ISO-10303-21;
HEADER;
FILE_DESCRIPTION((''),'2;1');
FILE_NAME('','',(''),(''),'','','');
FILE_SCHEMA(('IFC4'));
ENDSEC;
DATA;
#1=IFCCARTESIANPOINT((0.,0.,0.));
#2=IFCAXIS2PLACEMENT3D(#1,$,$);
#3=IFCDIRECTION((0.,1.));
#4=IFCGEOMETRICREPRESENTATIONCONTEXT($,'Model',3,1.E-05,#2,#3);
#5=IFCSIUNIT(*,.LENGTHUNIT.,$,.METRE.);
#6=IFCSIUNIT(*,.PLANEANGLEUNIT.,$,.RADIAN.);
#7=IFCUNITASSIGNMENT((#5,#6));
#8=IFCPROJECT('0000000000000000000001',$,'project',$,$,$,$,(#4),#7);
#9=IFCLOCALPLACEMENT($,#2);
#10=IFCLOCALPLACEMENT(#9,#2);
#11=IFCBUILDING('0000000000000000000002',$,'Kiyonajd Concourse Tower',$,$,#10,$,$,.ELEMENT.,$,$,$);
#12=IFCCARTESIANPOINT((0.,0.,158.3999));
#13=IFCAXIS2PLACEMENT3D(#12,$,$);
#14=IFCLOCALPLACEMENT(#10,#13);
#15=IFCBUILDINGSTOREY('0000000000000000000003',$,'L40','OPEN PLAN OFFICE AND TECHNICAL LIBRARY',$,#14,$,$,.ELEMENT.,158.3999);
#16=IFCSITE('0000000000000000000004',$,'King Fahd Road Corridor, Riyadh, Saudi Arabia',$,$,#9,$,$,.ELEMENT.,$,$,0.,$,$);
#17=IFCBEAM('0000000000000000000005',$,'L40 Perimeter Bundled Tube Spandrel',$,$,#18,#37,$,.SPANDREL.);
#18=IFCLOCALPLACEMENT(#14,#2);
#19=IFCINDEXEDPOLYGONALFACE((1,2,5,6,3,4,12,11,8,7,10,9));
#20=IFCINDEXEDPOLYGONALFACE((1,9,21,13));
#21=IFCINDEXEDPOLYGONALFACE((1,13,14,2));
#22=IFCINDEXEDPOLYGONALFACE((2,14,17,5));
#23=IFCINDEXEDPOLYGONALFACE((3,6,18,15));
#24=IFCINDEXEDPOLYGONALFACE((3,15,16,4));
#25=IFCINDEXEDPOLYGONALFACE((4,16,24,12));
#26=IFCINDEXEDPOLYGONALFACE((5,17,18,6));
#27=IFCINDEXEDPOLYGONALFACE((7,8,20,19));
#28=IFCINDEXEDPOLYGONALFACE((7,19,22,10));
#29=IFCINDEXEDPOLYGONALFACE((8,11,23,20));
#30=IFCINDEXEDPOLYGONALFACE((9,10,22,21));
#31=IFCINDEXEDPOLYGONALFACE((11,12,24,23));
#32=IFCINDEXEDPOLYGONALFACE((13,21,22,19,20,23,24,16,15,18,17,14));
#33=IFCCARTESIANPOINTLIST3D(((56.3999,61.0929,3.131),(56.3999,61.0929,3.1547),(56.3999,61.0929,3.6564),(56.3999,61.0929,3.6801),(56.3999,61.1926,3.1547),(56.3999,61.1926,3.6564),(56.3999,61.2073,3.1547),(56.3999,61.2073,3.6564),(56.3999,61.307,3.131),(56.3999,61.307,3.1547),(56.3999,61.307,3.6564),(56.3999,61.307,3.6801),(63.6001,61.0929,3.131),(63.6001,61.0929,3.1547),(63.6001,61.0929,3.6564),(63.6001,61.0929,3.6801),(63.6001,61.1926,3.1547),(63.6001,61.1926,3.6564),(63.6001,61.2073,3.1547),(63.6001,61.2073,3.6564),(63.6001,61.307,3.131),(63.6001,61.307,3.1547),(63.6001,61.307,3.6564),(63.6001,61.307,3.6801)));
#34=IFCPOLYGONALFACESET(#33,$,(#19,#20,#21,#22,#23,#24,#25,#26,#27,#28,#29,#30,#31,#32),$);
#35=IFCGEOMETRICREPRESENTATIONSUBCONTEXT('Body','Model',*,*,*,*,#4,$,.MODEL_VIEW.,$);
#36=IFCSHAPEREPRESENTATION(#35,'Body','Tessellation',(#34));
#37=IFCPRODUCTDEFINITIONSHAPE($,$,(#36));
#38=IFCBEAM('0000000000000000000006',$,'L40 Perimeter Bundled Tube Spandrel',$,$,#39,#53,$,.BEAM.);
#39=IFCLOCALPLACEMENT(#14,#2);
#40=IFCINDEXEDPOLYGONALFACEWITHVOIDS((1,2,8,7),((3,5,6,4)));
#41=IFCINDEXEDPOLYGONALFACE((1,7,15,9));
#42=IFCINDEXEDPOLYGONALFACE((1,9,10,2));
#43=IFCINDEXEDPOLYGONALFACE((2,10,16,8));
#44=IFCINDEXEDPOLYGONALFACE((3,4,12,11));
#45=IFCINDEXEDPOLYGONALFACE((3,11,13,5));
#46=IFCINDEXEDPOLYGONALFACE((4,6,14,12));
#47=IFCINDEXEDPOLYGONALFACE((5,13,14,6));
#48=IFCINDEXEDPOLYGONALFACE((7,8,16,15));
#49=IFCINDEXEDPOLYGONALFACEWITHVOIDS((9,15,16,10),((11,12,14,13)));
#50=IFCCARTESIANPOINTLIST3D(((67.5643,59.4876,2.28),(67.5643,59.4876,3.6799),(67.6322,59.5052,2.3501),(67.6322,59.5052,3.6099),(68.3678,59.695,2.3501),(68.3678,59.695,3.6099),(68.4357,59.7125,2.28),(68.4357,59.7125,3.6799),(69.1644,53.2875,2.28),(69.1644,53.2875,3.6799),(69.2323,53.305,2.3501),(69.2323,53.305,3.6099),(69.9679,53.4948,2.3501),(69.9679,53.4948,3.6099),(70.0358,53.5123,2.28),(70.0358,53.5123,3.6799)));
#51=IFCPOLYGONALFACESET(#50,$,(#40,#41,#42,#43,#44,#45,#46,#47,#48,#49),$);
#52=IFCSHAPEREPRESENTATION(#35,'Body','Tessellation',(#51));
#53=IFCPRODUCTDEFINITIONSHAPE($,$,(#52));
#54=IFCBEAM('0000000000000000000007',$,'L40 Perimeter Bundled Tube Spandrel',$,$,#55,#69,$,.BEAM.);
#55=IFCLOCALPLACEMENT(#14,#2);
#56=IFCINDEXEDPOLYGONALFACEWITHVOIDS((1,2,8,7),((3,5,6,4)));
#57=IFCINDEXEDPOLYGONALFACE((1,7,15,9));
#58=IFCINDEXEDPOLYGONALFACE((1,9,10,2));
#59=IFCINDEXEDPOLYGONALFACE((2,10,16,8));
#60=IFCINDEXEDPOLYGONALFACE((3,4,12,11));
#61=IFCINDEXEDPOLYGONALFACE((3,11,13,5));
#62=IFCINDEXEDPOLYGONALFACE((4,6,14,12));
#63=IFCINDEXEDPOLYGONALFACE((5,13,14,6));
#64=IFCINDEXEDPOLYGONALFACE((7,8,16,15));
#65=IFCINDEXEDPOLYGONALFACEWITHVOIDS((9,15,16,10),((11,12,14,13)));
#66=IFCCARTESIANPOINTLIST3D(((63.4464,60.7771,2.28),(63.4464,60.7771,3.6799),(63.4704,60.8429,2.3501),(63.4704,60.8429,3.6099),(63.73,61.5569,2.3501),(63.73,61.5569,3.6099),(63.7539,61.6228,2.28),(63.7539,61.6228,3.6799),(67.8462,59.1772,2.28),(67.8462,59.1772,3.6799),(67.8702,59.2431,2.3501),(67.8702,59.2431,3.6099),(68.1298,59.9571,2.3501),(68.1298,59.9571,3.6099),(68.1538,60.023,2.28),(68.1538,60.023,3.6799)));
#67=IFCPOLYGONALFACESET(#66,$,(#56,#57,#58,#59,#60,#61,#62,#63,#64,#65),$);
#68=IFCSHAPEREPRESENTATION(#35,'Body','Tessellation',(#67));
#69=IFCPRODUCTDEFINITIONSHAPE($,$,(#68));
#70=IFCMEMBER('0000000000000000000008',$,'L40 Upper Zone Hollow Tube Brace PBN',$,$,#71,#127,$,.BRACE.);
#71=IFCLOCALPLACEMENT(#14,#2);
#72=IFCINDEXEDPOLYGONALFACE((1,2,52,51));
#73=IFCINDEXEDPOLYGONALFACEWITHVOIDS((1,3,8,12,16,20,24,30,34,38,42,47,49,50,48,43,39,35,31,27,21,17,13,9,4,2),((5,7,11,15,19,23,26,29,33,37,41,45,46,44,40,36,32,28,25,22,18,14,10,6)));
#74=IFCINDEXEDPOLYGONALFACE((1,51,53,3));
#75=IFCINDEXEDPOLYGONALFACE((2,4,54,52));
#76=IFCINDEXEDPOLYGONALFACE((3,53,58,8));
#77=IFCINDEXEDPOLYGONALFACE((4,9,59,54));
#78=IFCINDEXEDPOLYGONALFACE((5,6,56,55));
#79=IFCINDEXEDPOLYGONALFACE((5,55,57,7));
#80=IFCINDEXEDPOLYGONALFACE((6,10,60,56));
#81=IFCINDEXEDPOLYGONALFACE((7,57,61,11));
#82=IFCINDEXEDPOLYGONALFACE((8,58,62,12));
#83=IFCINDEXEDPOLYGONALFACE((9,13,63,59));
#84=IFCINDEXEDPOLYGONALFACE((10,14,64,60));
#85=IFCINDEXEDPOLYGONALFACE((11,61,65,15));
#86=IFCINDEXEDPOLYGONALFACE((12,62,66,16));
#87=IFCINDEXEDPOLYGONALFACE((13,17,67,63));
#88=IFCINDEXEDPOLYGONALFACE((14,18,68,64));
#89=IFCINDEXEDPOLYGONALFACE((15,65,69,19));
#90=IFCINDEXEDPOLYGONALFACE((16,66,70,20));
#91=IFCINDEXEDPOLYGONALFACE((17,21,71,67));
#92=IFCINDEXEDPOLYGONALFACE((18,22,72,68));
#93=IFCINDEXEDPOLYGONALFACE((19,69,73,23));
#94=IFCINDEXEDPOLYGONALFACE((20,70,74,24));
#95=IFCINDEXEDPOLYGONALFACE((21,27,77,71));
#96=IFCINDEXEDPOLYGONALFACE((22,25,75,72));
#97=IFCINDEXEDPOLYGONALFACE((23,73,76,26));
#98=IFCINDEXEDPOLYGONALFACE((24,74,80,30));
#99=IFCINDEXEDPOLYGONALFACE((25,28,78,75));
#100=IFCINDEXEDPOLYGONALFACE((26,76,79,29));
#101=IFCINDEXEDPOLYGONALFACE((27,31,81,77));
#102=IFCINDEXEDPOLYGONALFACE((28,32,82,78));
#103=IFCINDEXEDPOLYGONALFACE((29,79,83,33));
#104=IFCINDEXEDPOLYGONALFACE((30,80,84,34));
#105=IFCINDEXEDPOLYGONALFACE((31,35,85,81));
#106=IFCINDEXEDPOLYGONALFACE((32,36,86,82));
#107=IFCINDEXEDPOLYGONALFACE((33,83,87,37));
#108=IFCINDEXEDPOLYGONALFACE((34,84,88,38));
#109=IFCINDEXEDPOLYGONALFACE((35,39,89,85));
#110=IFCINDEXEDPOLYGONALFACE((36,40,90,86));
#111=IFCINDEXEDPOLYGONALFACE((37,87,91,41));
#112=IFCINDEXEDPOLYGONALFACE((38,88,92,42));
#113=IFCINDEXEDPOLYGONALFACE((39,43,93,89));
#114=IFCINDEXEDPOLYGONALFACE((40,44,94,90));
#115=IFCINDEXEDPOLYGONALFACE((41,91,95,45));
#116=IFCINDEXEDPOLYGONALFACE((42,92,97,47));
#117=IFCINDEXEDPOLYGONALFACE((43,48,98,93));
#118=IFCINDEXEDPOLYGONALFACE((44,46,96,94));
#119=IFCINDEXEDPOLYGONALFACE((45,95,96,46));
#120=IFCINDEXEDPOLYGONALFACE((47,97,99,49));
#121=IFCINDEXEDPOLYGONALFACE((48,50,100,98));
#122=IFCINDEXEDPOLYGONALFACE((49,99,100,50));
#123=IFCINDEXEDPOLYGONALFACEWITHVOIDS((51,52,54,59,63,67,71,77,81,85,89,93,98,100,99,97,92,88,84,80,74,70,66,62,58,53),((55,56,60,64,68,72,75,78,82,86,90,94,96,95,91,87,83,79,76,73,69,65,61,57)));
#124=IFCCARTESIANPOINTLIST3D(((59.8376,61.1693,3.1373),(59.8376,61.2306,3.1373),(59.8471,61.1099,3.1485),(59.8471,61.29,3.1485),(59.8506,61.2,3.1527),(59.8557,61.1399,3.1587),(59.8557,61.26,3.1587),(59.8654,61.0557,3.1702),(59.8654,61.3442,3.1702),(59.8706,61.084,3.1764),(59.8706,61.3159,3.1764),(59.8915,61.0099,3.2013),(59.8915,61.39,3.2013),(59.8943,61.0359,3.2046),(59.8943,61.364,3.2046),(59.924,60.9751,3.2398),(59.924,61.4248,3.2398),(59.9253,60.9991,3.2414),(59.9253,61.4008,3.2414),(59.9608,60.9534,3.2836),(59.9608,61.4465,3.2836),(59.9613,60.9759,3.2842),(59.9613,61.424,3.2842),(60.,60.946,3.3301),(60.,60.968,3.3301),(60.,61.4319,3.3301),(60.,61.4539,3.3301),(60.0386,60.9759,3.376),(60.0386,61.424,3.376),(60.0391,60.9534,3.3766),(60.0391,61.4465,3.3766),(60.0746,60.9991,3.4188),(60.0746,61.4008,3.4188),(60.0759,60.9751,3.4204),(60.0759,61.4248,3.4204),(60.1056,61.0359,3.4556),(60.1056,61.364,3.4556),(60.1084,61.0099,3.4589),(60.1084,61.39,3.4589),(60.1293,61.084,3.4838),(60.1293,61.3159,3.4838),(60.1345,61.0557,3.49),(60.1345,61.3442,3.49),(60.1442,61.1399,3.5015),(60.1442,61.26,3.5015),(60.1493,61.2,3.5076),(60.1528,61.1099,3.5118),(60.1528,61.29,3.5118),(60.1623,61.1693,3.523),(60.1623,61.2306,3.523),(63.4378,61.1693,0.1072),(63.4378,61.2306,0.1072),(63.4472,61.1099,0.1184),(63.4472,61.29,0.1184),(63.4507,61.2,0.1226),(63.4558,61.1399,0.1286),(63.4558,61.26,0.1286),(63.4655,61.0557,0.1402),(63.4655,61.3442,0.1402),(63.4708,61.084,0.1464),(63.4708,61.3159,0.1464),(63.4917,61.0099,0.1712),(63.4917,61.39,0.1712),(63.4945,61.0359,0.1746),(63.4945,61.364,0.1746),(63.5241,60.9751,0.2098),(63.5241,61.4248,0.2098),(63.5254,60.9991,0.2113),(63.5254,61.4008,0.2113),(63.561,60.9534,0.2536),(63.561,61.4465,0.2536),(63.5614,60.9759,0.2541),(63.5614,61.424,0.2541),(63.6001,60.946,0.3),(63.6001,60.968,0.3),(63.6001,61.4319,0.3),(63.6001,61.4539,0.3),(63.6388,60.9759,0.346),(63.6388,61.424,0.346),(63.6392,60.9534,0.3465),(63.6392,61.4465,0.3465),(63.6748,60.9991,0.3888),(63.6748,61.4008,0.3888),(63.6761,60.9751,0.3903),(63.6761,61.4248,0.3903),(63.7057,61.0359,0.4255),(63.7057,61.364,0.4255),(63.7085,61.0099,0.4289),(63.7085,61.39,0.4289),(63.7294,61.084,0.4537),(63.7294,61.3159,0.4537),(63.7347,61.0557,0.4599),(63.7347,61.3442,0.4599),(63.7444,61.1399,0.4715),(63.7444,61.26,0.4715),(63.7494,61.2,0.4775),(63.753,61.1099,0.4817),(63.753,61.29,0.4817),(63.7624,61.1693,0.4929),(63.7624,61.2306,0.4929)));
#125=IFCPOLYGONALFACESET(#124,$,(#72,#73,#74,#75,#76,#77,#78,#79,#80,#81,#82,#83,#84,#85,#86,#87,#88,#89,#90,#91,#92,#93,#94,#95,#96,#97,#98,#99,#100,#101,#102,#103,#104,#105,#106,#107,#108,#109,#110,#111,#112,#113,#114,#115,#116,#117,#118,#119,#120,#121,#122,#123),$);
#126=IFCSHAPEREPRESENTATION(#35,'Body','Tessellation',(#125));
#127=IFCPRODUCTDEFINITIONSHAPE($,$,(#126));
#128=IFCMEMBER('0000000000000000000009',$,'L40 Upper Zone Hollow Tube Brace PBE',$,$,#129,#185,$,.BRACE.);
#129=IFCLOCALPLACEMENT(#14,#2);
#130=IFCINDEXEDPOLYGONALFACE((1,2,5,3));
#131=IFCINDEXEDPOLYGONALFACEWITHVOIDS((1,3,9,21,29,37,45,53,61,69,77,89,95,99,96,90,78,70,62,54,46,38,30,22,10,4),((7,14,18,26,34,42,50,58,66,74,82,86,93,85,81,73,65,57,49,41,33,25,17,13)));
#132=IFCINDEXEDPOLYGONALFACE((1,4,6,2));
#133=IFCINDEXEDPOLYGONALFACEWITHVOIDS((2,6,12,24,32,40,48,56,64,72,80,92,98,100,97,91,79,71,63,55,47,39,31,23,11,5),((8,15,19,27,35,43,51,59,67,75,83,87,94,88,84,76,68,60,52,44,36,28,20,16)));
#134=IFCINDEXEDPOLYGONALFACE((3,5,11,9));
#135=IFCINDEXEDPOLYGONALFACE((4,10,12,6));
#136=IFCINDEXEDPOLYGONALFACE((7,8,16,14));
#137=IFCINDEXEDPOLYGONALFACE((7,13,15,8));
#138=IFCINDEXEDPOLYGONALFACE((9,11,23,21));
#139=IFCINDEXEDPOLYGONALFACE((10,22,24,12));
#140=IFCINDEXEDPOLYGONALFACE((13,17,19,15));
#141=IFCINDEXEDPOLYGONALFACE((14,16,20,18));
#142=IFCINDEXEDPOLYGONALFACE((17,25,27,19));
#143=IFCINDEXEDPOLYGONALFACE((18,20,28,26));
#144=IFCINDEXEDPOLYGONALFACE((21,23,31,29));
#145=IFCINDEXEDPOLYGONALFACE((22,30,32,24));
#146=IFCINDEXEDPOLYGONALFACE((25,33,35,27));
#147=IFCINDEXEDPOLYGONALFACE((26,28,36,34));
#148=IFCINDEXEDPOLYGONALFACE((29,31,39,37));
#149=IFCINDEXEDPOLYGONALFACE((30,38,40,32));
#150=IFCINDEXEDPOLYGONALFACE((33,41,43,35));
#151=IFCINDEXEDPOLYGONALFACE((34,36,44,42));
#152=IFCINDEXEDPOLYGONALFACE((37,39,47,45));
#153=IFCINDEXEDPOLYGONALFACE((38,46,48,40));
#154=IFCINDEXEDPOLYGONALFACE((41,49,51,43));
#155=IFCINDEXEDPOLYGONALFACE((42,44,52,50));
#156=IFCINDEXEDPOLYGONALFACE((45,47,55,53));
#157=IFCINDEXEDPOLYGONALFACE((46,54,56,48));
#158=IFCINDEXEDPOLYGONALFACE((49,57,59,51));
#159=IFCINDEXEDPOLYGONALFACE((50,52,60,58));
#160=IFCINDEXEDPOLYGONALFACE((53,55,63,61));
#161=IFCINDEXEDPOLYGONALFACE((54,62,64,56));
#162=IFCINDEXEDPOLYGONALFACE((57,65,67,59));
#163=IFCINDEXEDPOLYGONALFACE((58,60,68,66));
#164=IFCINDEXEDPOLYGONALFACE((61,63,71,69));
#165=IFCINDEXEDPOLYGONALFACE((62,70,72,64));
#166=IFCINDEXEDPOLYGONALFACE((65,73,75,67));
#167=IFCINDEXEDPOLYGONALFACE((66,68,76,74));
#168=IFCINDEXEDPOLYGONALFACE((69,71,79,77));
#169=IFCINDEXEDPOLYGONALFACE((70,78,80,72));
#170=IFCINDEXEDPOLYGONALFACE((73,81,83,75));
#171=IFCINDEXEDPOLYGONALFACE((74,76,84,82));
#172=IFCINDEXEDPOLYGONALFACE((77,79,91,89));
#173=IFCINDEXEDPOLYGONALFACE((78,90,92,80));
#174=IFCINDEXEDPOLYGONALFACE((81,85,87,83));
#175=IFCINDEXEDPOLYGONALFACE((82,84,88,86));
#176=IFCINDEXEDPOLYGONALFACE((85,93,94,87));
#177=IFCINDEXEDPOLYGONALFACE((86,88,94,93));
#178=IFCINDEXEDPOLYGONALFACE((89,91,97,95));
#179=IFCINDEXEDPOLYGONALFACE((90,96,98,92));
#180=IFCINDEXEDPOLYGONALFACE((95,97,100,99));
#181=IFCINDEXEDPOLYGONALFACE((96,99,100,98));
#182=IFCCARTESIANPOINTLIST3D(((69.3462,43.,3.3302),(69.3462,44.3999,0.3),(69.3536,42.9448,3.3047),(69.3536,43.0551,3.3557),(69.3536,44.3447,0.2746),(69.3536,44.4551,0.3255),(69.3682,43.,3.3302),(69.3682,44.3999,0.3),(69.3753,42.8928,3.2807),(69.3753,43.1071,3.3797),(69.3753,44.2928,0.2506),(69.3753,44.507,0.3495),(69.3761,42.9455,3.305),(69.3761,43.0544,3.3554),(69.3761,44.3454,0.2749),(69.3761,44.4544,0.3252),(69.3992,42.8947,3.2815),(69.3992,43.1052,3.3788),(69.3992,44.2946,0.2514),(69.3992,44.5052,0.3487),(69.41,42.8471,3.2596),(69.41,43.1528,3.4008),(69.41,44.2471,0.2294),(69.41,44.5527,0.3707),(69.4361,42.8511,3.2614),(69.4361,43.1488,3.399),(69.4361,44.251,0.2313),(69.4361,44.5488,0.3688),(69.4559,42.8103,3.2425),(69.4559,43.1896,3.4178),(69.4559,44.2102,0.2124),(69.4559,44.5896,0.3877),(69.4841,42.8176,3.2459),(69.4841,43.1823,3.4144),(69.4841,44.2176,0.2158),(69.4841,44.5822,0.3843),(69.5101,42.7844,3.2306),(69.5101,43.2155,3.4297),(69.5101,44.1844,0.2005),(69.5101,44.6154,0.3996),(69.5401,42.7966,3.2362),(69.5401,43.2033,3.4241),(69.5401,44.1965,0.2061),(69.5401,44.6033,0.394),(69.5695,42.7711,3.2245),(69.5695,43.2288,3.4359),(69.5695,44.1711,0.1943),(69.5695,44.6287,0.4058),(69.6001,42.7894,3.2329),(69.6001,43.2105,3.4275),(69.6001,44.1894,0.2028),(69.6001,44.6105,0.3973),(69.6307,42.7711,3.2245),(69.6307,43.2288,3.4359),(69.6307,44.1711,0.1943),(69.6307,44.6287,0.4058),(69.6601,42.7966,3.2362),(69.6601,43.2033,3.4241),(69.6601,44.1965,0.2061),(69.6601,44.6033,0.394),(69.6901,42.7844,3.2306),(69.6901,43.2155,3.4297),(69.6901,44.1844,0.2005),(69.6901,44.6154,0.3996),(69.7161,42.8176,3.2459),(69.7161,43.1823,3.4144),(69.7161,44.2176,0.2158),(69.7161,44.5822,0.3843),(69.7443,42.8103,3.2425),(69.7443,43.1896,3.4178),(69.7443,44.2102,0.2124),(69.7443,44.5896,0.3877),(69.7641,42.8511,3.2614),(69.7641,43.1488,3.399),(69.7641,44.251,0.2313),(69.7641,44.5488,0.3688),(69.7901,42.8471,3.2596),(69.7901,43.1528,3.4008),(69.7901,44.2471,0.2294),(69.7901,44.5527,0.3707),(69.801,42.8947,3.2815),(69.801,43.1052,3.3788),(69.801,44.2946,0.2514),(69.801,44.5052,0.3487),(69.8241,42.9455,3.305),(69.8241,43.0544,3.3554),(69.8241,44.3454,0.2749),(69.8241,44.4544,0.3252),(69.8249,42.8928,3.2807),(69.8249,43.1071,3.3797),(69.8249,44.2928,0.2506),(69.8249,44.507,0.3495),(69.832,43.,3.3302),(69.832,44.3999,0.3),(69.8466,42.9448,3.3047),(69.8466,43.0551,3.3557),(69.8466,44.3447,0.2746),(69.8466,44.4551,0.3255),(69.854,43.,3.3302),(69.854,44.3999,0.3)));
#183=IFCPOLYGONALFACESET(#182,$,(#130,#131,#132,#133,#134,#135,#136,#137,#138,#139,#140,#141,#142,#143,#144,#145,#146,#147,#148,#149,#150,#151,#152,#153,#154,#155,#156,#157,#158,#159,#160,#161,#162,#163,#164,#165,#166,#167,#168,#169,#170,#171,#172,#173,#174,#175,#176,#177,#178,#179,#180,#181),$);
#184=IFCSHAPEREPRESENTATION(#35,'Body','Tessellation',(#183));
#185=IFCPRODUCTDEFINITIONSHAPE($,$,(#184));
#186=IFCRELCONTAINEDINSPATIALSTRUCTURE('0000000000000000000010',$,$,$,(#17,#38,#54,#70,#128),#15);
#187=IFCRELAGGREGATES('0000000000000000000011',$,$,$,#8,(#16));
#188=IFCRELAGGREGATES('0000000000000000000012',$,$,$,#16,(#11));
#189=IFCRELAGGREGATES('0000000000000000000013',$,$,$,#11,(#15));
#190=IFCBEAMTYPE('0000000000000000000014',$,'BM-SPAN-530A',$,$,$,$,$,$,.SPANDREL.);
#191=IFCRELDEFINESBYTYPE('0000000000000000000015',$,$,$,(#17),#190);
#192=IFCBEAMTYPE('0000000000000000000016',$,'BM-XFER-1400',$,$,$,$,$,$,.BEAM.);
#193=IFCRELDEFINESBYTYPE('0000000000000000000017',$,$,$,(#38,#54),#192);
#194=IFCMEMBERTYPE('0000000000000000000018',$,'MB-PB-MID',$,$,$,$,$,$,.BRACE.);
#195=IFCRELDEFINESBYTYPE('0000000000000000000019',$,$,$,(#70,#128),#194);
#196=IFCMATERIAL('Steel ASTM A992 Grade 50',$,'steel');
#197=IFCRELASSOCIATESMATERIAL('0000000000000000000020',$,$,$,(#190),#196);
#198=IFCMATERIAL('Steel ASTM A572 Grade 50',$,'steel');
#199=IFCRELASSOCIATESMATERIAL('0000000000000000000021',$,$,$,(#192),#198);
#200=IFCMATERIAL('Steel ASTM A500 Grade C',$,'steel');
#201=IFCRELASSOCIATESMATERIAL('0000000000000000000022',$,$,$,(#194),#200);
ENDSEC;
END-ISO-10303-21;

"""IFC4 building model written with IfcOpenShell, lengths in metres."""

from ifc_helpers import new_model, si_unit, direction, frame, origin, origin_2d, place, context, subcontext, project, spatial, hollow_rectangle, hollow_circle, i_section, extrude, material, material_profile, profile_set, type_object, element, save


model = new_model("IFC4")

# Units and contexts
model_context = context("Model", 3, precision=1e-05, world=origin(), true_north=direction((0.0, 1.0)))
body_context = subcontext(model_context, "Body", "Model", "MODEL_VIEW")
ifc_project = project(units=[si_unit("LENGTHUNIT", "METRE"), si_unit("PLANEANGLEUNIT", "RADIAN")], contexts=[model_context])

# Site, building, storey
site_placement = place(None, origin())
site = spatial("IfcSite", under=ifc_project, at=site_placement, Name="King Fahd Road Corridor, Riyadh, Saudi Arabia", CompositionType="ELEMENT", RefElevation=0.0)
building_placement = place(site_placement, origin())
building = spatial("IfcBuilding", under=site, at=building_placement, Name="Kiyonajd Concourse Tower", CompositionType="ELEMENT")
storey_placement = place(building_placement, frame((0.0, 0.0, 158.3999)))
storey = spatial("IfcBuildingStorey", under=building, at=storey_placement, Name="L40", Description="OPEN PLAN OFFICE AND TECHNICAL LIBRARY", CompositionType="ELEMENT", Elevation=158.3999)

# Beams
ifc_material_1 = material(Name="Steel ASTM A992 Grade 50", Category="steel")
ifc_material_profile_1 = material_profile(ifc_material_1, i_section(OverallWidth=0.2141, OverallDepth=0.5491, WebThickness=0.0146, FlangeThickness=0.0237, at=origin_2d()), Name="W530X138")
ifc_profile_set_1 = profile_set([ifc_material_profile_1], Name="Steel ASTM A992 Grade 50")
beam_type_1 = type_object("IfcBeamType", Name="BM-SPAN-530A", PredefinedType="SPANDREL", material=ifc_profile_set_1)
beam_1_placement = place(storey_placement, frame((63.6001, 61.2, 3.4055), z_axis=(-1.0, 0.0, 0.0), x_axis=(0.0, -1.0, 0.0)))
element("IfcBeam", 1, at=beam_1_placement, inside=storey, type_object=beam_type_1, Name="L40 Perimeter Bundled Tube Spandrel", PredefinedType="SPANDREL", context=body_context, shape_type="SweptSolid", body=[
    extrude(i_section(OverallWidth=0.2141, OverallDepth=0.5491, WebThickness=0.0146, FlangeThickness=0.0237, at=origin_2d()), origin(), (0.0, 0.0, 1.0), 7.2002),
])
ifc_material_2 = material(Name="Steel ASTM A572 Grade 50", Category="steel")
ifc_material_profile_2 = material_profile(ifc_material_2, hollow_rectangle(XDim=0.8999, YDim=1.3999, WallThickness=0.0701, at=origin_2d()), Name="BOX-1400x900x70")
ifc_profile_set_2 = profile_set([ifc_material_profile_2], Name="Steel ASTM A572 Grade 50")
beam_type_2 = type_object("IfcBeamType", Name="BM-XFER-1400", PredefinedType="BEAM", material=ifc_profile_set_2)
beam_2_placement = place(storey_placement, frame((69.6001, 53.3999, 2.98), z_axis=(-0.249885, 0.968276, 0.0), x_axis=(-0.968276, -0.249885, 0.0)))
element("IfcBeam", 2, at=beam_2_placement, inside=storey, type_object=beam_type_2, Name="L40 Perimeter Bundled Tube Spandrel", PredefinedType="BEAM", context=body_context, shape_type="SweptSolid", body=[
    extrude(hollow_rectangle(XDim=0.8999, YDim=1.3999, WallThickness=0.0701, at=origin_2d()), origin(), (0.0, 0.0, 1.0), 6.4033),
])
beam_3_placement = place(storey_placement, frame((68.0, 59.6001, 2.98), z_axis=(-0.939801, 0.341722, 0.0), x_axis=(-0.341722, -0.939801, 0.0)))
element("IfcBeam", 3, at=beam_3_placement, inside=storey, type_object=beam_type_2, Name="L40 Perimeter Bundled Tube Spandrel", PredefinedType="BEAM", context=body_context, shape_type="SweptSolid", body=[
    extrude(hollow_rectangle(XDim=0.8999, YDim=1.3999, WallThickness=0.0701, at=origin_2d()), origin(), (0.0, 0.0, 1.0), 4.6816),
])

# Members
ifc_material_3 = material(Name="Steel ASTM A500 Grade C", Category="steel")
ifc_material_profile_3 = material_profile(ifc_material_3, hollow_circle(Radius=0.2539, WallThickness=0.022, at=origin_2d()), Name="CHS-508x22")
ifc_profile_set_3 = profile_set([ifc_material_profile_3], Name="Steel ASTM A500 Grade C")
member_type = type_object("IfcMemberType", Name="MB-PB-MID", PredefinedType="BRACE", material=ifc_profile_set_3)
member_1_placement = place(storey_placement, frame((63.6001, 61.2, 0.3), z_axis=(-0.765082, 0.0, 0.643933), x_axis=(0.0, -1.0, 0.0)))
element("IfcMember", 4, at=member_1_placement, inside=storey, type_object=member_type, Name="L40 Upper Zone Hollow Tube Brace PBN", PredefinedType="BRACE", context=body_context, shape_type="SweptSolid", body=[
    extrude(hollow_circle(Radius=0.2539, WallThickness=0.022, at=origin_2d()), origin(), (0.0, 0.0, 1.0), 4.7056),
])
member_2_placement = place(storey_placement, frame((69.6001, 44.3999, 0.3), z_axis=(0.0, -0.419411, 0.907797), x_axis=(1.0, 0.0, 0.0)))
element("IfcMember", 5, at=member_2_placement, inside=storey, type_object=member_type, Name="L40 Upper Zone Hollow Tube Brace PBE", PredefinedType="BRACE", context=body_context, shape_type="SweptSolid", body=[
    extrude(hollow_circle(Radius=0.2539, WallThickness=0.022, at=origin_2d()), origin(), (0.0, 0.0, 1.0), 3.3379),
])

save(model, "model.ifc")
